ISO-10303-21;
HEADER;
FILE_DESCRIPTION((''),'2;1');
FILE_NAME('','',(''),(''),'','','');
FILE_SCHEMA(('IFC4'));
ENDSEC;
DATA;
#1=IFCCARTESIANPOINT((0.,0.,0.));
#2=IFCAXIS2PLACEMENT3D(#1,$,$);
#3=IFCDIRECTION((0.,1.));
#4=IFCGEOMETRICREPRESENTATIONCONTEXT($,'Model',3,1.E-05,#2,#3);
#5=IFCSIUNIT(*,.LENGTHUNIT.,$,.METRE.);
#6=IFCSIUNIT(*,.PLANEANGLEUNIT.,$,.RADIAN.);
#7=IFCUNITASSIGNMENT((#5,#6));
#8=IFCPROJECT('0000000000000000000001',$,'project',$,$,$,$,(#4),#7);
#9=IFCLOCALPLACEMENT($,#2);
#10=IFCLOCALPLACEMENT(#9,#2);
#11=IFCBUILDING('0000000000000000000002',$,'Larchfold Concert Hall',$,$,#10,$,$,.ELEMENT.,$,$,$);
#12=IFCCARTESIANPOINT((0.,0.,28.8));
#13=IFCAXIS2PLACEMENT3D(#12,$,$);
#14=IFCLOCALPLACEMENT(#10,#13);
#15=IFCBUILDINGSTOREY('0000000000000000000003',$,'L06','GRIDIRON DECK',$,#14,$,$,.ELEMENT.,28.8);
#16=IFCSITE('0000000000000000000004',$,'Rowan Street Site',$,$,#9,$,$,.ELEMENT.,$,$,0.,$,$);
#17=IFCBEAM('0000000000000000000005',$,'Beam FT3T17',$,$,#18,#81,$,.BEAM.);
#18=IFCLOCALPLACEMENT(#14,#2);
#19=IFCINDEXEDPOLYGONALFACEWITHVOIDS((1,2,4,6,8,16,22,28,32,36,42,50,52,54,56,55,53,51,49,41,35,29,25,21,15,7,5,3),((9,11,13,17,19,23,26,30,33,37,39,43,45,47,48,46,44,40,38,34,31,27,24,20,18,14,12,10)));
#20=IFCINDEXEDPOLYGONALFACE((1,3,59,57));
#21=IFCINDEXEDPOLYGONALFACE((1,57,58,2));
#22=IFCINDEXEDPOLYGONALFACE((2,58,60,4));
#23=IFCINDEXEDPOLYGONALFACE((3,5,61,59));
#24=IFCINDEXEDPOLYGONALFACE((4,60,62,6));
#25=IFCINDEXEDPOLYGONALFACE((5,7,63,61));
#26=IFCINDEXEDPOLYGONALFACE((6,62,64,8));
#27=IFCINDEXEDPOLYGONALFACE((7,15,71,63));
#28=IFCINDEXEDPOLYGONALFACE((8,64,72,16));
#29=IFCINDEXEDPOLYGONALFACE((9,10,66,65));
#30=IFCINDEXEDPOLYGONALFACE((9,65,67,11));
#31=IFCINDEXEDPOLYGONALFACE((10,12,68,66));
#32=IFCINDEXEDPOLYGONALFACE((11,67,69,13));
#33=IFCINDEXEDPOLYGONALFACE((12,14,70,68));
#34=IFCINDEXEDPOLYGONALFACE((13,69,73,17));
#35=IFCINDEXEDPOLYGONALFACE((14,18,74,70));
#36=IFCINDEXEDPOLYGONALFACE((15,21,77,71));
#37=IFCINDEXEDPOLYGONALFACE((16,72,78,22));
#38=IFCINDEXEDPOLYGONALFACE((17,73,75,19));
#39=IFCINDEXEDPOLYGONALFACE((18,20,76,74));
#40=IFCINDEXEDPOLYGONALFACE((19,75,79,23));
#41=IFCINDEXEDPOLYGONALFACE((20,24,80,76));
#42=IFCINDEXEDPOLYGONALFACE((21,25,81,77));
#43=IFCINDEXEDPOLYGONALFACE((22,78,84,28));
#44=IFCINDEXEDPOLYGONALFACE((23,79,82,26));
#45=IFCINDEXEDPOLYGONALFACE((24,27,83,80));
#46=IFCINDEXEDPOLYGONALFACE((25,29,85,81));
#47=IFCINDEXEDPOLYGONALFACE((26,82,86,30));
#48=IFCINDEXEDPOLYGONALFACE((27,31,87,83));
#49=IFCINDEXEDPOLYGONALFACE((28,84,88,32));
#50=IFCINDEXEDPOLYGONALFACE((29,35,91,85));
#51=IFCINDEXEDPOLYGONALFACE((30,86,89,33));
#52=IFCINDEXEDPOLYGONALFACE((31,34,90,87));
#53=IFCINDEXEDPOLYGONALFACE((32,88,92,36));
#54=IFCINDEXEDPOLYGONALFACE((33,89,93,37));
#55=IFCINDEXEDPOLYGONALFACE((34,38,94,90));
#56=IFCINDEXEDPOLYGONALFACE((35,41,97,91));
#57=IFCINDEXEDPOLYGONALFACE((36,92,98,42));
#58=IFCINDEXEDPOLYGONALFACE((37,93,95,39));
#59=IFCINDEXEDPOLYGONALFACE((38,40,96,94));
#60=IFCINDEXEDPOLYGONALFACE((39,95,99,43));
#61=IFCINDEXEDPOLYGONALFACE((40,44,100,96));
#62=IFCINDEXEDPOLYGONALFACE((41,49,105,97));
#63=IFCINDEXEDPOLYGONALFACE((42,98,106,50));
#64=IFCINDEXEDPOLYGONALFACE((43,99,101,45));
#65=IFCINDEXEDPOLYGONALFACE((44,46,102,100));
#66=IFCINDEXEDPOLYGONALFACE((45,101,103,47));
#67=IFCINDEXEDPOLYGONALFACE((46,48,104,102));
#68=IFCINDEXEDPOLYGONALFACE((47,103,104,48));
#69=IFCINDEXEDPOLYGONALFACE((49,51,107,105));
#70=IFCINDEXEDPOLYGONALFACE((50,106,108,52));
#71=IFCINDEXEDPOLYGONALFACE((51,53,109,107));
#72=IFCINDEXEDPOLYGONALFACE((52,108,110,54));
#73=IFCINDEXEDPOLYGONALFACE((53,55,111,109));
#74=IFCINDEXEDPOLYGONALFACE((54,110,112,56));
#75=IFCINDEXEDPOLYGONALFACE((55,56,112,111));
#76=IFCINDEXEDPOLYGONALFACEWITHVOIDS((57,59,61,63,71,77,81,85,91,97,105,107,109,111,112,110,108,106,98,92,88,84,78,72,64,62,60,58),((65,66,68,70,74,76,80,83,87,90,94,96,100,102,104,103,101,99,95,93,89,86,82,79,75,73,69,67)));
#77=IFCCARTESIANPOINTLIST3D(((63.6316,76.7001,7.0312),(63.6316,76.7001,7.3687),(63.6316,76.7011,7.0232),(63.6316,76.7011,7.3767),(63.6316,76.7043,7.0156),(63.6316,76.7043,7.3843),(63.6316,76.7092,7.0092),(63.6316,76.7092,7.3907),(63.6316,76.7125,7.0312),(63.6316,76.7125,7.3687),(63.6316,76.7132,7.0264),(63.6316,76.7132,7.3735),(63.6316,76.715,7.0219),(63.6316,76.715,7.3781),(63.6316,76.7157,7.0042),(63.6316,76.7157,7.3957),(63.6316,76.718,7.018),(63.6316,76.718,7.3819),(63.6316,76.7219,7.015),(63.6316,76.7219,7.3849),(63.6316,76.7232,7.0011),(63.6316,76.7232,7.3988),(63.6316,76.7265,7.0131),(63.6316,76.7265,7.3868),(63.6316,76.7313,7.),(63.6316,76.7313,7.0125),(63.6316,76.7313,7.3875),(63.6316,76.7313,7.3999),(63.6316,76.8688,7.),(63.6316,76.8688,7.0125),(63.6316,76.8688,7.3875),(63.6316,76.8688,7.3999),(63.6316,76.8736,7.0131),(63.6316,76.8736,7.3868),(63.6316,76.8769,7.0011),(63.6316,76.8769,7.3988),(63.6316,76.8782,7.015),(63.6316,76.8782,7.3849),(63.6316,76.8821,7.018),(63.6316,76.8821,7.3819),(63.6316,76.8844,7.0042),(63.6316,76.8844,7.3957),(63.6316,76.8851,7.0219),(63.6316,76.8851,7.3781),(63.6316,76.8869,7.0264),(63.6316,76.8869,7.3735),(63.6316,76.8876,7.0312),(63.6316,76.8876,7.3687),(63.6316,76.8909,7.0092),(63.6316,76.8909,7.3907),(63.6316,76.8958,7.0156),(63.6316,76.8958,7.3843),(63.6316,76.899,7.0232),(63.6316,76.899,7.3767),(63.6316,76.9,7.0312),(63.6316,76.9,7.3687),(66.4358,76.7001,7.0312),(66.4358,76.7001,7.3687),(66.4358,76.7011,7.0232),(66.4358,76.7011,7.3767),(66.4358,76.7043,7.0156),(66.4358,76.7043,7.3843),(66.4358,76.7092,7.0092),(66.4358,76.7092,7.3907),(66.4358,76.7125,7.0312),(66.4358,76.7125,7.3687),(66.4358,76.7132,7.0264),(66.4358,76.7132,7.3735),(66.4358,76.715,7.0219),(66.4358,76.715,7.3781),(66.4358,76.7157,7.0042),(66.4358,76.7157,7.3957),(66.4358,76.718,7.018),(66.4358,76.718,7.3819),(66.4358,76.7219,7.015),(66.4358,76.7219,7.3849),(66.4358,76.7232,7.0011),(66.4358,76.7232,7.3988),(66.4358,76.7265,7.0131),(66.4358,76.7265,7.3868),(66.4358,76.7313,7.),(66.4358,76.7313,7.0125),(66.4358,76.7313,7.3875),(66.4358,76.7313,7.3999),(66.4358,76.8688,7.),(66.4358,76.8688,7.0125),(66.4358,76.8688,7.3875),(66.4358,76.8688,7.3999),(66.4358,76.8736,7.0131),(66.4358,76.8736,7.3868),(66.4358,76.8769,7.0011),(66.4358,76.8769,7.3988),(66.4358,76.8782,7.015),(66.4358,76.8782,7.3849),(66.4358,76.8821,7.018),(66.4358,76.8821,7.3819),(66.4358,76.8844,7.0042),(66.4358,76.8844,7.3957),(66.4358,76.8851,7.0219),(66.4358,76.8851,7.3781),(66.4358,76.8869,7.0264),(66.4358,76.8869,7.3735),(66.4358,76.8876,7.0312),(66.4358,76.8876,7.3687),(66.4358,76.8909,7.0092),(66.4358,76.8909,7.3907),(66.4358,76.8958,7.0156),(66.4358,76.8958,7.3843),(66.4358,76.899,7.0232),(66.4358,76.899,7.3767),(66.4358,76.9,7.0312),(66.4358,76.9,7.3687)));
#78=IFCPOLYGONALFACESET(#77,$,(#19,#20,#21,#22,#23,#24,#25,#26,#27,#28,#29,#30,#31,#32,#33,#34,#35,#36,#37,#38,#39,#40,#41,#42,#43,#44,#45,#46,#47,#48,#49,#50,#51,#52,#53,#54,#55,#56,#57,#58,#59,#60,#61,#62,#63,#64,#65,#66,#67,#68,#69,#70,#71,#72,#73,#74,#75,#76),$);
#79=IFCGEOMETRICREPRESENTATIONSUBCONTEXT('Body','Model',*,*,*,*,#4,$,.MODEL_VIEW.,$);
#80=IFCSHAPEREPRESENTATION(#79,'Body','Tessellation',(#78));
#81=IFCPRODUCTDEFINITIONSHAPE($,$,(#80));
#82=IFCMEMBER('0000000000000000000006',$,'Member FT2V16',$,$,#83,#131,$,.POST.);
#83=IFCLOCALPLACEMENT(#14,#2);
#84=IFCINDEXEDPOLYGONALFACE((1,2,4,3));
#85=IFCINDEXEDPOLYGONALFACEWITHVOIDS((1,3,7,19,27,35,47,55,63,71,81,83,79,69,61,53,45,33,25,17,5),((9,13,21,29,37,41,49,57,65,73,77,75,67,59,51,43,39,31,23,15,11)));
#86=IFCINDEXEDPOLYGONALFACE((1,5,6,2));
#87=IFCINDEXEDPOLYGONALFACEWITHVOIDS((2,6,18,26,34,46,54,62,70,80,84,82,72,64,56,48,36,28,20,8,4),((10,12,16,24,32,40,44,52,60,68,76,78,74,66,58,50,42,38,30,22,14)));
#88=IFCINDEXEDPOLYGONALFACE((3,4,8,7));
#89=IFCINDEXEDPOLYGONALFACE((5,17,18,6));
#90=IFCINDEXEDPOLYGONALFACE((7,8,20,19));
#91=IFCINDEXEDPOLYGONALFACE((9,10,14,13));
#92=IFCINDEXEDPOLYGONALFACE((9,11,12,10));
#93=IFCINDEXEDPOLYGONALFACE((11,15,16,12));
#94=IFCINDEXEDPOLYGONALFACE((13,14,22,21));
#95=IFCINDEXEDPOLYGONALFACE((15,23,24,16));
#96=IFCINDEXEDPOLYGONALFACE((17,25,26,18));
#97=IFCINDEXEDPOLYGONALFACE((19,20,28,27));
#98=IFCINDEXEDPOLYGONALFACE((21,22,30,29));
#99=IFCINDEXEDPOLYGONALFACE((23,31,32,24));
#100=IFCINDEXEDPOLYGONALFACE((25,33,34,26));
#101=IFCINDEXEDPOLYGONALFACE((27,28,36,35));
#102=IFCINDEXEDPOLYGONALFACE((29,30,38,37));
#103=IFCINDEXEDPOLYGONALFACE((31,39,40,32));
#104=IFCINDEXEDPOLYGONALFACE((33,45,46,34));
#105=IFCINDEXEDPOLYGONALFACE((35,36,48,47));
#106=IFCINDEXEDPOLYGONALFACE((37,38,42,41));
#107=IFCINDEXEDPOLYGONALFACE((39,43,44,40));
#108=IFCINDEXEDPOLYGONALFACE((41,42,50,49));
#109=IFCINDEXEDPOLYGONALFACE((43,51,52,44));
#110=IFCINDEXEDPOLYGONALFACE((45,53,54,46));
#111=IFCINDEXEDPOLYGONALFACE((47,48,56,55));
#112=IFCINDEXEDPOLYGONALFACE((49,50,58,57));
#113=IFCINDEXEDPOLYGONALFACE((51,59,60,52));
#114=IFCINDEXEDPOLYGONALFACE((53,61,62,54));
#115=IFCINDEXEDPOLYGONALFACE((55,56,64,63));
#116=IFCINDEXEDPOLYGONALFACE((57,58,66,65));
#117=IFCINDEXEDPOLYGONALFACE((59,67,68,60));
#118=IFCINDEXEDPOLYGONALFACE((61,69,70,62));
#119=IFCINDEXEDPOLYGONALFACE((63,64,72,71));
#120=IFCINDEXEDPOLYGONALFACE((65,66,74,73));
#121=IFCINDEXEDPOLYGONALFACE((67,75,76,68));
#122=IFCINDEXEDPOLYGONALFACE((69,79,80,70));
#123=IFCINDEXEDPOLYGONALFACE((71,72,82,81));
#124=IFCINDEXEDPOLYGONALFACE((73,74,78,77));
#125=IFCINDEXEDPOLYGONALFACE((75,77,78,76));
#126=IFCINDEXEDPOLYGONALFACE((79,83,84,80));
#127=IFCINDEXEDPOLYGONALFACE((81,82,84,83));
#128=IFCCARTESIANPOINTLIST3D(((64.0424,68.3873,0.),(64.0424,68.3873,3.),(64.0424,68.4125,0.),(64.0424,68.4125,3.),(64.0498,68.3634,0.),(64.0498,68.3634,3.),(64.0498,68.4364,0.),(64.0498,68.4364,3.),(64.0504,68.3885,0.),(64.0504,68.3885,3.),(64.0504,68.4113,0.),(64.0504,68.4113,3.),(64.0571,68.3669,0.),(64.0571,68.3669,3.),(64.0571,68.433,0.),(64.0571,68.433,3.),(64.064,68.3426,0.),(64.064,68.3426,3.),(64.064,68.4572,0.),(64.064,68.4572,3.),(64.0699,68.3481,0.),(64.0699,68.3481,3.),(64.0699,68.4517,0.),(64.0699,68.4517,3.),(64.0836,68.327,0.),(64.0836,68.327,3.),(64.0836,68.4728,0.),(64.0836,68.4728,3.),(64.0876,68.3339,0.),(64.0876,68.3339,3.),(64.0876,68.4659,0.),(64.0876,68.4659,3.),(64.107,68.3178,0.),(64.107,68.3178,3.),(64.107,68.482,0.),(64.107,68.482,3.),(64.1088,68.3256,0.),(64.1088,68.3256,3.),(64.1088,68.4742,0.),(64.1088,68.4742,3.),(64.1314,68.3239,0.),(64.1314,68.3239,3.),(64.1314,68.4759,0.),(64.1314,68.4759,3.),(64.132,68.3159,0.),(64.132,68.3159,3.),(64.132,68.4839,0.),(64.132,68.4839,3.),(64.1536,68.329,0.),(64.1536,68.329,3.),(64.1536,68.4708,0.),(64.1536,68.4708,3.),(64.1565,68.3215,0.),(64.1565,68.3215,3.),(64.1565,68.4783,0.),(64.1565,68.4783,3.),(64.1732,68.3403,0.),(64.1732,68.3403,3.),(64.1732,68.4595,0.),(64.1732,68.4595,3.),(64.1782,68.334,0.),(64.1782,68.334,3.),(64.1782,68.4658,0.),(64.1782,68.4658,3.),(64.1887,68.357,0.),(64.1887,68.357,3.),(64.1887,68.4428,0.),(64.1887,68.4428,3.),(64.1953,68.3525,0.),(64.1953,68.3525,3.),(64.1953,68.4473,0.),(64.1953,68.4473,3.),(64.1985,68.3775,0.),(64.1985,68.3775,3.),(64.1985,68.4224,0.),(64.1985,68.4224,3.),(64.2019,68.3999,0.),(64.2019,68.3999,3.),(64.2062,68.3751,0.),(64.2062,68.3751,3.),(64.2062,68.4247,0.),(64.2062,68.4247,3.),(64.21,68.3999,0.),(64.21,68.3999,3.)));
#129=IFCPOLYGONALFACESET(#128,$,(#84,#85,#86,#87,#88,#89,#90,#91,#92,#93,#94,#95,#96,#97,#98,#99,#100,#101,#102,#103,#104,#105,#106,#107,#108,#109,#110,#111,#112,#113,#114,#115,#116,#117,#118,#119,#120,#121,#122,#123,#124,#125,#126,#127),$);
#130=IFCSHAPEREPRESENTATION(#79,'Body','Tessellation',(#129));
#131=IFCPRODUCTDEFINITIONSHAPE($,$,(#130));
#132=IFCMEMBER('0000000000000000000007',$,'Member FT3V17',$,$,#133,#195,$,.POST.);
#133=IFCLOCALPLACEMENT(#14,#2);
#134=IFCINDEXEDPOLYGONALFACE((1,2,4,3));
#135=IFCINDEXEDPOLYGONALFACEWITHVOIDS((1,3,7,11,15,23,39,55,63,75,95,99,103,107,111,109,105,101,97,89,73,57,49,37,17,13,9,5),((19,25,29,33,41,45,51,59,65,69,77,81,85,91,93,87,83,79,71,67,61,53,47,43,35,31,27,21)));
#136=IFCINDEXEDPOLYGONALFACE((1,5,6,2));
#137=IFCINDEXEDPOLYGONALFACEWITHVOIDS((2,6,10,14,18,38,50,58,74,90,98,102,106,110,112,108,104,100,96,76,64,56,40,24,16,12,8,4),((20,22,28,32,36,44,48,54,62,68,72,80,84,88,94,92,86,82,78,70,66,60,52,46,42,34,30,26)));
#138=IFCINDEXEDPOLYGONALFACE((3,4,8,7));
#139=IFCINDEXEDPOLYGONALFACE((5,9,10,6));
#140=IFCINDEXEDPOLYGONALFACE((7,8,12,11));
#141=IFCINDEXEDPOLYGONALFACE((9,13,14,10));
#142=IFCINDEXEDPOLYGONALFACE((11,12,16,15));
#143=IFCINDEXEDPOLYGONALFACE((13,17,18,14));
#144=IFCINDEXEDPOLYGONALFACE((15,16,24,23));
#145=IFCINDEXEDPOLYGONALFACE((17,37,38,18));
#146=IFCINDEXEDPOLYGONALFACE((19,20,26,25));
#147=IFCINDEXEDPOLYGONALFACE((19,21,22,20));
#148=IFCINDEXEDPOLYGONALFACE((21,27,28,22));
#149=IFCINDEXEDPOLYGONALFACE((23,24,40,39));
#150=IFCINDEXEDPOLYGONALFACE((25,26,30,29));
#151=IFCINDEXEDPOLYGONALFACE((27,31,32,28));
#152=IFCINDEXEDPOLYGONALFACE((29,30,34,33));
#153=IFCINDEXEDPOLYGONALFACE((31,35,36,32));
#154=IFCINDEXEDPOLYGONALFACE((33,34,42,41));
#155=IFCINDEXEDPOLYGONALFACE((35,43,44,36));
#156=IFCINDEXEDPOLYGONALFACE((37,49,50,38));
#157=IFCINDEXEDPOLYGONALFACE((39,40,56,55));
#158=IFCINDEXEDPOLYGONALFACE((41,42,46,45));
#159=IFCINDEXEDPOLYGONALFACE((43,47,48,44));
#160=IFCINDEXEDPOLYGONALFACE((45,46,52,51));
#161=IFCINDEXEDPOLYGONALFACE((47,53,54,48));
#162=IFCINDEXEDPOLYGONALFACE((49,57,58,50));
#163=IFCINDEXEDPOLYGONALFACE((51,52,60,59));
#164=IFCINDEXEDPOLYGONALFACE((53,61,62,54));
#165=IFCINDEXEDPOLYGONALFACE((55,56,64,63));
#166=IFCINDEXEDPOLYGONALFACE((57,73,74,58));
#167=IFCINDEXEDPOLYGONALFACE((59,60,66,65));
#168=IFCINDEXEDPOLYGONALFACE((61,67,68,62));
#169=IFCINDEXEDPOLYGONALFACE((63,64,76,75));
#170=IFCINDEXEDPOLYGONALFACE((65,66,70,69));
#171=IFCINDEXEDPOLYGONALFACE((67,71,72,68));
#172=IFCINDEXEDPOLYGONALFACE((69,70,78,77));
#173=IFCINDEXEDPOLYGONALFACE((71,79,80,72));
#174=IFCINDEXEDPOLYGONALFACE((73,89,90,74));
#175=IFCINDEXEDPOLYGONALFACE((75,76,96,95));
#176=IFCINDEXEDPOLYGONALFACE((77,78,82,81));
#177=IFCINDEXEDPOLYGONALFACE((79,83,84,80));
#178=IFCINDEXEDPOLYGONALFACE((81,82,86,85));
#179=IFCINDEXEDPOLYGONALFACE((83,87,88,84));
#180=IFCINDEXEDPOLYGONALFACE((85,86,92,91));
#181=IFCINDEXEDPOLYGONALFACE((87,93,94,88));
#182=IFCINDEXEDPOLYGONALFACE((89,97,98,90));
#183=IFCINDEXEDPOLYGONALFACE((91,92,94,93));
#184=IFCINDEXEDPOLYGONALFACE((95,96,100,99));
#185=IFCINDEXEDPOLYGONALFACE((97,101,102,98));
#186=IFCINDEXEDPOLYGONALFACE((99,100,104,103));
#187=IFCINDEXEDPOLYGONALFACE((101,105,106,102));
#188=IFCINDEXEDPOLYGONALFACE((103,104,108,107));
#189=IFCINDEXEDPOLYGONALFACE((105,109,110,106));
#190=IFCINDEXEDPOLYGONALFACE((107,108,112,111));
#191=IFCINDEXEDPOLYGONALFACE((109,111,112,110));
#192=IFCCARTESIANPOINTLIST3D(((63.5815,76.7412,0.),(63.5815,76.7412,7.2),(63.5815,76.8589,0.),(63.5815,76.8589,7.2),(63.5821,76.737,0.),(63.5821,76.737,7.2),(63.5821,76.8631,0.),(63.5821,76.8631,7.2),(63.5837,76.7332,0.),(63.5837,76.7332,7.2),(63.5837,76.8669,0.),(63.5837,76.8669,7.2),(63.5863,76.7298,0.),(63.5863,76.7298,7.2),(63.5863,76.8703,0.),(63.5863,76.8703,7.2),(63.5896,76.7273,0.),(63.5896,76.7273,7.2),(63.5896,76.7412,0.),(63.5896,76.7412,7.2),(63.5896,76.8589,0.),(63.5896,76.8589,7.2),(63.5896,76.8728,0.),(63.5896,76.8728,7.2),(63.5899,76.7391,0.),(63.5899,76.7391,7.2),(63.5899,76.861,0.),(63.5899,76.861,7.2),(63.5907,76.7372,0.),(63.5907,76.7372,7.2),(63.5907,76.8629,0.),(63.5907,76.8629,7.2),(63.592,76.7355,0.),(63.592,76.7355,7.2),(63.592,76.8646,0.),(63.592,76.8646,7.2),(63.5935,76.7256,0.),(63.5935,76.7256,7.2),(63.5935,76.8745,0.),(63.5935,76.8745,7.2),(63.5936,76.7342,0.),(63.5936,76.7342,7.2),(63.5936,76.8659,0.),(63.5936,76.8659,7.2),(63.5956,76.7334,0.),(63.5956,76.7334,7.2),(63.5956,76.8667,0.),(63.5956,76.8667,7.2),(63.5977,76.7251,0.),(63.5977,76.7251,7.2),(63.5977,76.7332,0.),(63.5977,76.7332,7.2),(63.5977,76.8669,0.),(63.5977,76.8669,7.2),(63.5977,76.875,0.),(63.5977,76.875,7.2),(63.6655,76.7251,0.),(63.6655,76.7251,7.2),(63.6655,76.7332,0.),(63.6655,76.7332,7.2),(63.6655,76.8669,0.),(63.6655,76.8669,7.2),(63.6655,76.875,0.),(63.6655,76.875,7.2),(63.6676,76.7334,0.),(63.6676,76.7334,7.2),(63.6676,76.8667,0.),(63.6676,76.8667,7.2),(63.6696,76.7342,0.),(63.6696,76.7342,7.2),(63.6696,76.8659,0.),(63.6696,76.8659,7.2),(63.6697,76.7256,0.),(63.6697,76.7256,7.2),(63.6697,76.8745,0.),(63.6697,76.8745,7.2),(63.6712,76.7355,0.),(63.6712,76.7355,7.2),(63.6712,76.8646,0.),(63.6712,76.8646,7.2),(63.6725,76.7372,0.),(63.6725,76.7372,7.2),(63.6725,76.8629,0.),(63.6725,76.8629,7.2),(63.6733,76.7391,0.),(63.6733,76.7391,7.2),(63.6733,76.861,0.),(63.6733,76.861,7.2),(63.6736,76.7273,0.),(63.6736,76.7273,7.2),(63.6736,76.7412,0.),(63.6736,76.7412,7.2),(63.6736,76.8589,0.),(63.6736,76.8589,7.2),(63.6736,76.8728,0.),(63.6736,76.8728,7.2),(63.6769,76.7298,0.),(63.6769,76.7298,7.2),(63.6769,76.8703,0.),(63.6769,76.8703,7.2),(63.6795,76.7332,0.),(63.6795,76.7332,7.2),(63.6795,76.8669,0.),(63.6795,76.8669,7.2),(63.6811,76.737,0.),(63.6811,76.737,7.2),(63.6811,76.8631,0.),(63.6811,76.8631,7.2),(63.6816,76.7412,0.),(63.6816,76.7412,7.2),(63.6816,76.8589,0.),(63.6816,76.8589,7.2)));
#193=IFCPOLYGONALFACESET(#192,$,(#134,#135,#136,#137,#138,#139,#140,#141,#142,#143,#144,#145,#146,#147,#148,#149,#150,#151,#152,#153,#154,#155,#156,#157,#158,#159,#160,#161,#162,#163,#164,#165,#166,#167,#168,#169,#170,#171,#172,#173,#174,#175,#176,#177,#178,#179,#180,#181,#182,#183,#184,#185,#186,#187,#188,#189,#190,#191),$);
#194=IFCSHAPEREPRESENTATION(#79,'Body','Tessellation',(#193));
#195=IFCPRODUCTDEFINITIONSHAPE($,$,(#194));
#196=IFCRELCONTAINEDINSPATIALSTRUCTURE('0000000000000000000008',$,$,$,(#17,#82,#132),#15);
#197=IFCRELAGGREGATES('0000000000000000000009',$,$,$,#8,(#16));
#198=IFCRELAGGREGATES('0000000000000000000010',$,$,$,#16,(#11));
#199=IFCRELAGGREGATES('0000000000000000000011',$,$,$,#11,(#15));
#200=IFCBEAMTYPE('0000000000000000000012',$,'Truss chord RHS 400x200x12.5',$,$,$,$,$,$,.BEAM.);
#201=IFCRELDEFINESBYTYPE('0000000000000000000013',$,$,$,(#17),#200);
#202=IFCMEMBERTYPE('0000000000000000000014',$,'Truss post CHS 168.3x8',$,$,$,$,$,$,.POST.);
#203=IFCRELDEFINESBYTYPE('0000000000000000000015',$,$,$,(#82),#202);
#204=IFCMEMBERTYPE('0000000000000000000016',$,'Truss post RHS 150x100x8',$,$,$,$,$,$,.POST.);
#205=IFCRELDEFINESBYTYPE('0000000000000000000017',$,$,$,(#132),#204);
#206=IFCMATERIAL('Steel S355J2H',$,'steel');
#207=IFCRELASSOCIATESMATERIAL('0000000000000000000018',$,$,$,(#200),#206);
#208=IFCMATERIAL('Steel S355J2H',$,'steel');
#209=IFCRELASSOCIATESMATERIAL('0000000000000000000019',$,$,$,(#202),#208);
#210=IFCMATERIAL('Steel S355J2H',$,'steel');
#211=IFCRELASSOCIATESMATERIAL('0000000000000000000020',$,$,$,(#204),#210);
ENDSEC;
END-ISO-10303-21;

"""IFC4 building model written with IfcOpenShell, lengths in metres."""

from ifc_helpers import new_model, si_unit, direction, frame, origin, origin_2d, place, context, subcontext, project, spatial, hollow_rectangle, hollow_circle, extrude, material, material_profile, profile_set, type_object, element, save


model = new_model("IFC4")

# Units and contexts
model_context = context("Model", 3, precision=1e-05, world=origin(), true_north=direction((0.0, 1.0)))
body_context = subcontext(model_context, "Body", "Model", "MODEL_VIEW")
ifc_project = project(units=[si_unit("LENGTHUNIT", "METRE"), si_unit("PLANEANGLEUNIT", "RADIAN")], contexts=[model_context])

# Site, building, storey
site_placement = place(None, origin())
site = spatial("IfcSite", under=ifc_project, at=site_placement, Name="Rowan Street Site", CompositionType="ELEMENT", RefElevation=0.0)
building_placement = place(site_placement, origin())
building = spatial("IfcBuilding", under=site, at=building_placement, Name="Larchfold Concert Hall", CompositionType="ELEMENT")
storey_placement = place(building_placement, frame((0.0, 0.0, 28.8)))
storey = spatial("IfcBuildingStorey", under=building, at=storey_placement, Name="L06", Description="GRIDIRON DECK", CompositionType="ELEMENT", Elevation=28.8)

# Beam
ifc_material_1 = material(Name="Steel S355J2H", Category="steel")
ifc_material_profile_1 = material_profile(ifc_material_1, hollow_rectangle(XDim=0.2, YDim=0.3999, WallThickness=0.0125, InnerFilletRadius=0.0188, OuterFilletRadius=0.0312, at=origin_2d()))
ifc_profile_set_1 = profile_set([ifc_material_profile_1], Name="Steel S355J2H")
beam_type_1 = type_object("IfcBeamType", Name="Truss chord RHS 400x200x12.5", PredefinedType="BEAM", material=ifc_profile_set_1)
beam_1_placement = place(storey_placement, frame((63.6316, 76.8, 7.2), z_axis=(1.0, 0.0, 0.0), x_axis=(0.0, 1.0, 0.0)))
element("IfcBeam", 1, at=beam_1_placement, inside=storey, type_object=beam_type_1, Name="Beam FT3T17", PredefinedType="BEAM", context=body_context, shape_type="SweptSolid", body=[
    extrude(hollow_rectangle(XDim=0.2, YDim=0.3999, WallThickness=0.0125, InnerFilletRadius=0.0188, OuterFilletRadius=0.0312, at=origin_2d()), origin(), (0.0, 0.0, 1.0), 2.8042),
])

# Members
ifc_material_2 = material(Name="Steel S355J2H", Category="steel")
ifc_material_profile_2 = material_profile(ifc_material_2, hollow_circle(Radius=0.0842, WallThickness=0.0081, at=origin_2d()))
ifc_profile_set_2 = profile_set([ifc_material_profile_2], Name="Steel S355J2H")
member_type_1 = type_object("IfcMemberType", Name="Truss post CHS 168.3x8", PredefinedType="POST", material=ifc_profile_set_2)
member_1_placement = place(storey_placement, frame((64.1257, 68.3999, 3.0), z_axis=(0.0, 0.0, -1.0), x_axis=(1.0, 0.0, 0.0)))
element("IfcMember", 2, at=member_1_placement, inside=storey, type_object=member_type_1, Name="Member FT2V16", PredefinedType="POST", context=body_context, shape_type="SweptSolid", body=[
    extrude(hollow_circle(Radius=0.0842, WallThickness=0.0081, at=origin_2d()), origin(), (0.0, 0.0, 1.0), 3.0),
])
ifc_material_3 = material(Name="Steel S355J2H", Category="steel")
ifc_material_profile_3 = material_profile(ifc_material_3, hollow_rectangle(XDim=0.1001, YDim=0.1499, WallThickness=0.0081, InnerFilletRadius=0.0081, OuterFilletRadius=0.0161, at=origin_2d()))
ifc_profile_set_3 = profile_set([ifc_material_profile_3], Name="Steel S355J2H")
member_type_2 = type_object("IfcMemberType", Name="Truss post RHS 150x100x8", PredefinedType="POST", material=ifc_profile_set_3)
for number, where, z_axis, x_axis, name in (
    (3, (63.6316, 76.8, 7.2), (0.0, 0.0, -1.0), (1.0, 0.0, 0.0), "Member FT3V17"),
):
    element("IfcMember", number, at=place(storey_placement, frame(where, z_axis=z_axis, x_axis=x_axis)), inside=storey, type_object=member_type_2, Name=name, PredefinedType="POST", context=body_context, shape_type="SweptSolid", body=[
        extrude(hollow_rectangle(XDim=0.1001, YDim=0.1499, WallThickness=0.0081, InnerFilletRadius=0.0081, OuterFilletRadius=0.0161, at=origin_2d()), origin(), (0.0, 0.0, 1.0), 7.2),
    ])

save(model, "model.ifc")
